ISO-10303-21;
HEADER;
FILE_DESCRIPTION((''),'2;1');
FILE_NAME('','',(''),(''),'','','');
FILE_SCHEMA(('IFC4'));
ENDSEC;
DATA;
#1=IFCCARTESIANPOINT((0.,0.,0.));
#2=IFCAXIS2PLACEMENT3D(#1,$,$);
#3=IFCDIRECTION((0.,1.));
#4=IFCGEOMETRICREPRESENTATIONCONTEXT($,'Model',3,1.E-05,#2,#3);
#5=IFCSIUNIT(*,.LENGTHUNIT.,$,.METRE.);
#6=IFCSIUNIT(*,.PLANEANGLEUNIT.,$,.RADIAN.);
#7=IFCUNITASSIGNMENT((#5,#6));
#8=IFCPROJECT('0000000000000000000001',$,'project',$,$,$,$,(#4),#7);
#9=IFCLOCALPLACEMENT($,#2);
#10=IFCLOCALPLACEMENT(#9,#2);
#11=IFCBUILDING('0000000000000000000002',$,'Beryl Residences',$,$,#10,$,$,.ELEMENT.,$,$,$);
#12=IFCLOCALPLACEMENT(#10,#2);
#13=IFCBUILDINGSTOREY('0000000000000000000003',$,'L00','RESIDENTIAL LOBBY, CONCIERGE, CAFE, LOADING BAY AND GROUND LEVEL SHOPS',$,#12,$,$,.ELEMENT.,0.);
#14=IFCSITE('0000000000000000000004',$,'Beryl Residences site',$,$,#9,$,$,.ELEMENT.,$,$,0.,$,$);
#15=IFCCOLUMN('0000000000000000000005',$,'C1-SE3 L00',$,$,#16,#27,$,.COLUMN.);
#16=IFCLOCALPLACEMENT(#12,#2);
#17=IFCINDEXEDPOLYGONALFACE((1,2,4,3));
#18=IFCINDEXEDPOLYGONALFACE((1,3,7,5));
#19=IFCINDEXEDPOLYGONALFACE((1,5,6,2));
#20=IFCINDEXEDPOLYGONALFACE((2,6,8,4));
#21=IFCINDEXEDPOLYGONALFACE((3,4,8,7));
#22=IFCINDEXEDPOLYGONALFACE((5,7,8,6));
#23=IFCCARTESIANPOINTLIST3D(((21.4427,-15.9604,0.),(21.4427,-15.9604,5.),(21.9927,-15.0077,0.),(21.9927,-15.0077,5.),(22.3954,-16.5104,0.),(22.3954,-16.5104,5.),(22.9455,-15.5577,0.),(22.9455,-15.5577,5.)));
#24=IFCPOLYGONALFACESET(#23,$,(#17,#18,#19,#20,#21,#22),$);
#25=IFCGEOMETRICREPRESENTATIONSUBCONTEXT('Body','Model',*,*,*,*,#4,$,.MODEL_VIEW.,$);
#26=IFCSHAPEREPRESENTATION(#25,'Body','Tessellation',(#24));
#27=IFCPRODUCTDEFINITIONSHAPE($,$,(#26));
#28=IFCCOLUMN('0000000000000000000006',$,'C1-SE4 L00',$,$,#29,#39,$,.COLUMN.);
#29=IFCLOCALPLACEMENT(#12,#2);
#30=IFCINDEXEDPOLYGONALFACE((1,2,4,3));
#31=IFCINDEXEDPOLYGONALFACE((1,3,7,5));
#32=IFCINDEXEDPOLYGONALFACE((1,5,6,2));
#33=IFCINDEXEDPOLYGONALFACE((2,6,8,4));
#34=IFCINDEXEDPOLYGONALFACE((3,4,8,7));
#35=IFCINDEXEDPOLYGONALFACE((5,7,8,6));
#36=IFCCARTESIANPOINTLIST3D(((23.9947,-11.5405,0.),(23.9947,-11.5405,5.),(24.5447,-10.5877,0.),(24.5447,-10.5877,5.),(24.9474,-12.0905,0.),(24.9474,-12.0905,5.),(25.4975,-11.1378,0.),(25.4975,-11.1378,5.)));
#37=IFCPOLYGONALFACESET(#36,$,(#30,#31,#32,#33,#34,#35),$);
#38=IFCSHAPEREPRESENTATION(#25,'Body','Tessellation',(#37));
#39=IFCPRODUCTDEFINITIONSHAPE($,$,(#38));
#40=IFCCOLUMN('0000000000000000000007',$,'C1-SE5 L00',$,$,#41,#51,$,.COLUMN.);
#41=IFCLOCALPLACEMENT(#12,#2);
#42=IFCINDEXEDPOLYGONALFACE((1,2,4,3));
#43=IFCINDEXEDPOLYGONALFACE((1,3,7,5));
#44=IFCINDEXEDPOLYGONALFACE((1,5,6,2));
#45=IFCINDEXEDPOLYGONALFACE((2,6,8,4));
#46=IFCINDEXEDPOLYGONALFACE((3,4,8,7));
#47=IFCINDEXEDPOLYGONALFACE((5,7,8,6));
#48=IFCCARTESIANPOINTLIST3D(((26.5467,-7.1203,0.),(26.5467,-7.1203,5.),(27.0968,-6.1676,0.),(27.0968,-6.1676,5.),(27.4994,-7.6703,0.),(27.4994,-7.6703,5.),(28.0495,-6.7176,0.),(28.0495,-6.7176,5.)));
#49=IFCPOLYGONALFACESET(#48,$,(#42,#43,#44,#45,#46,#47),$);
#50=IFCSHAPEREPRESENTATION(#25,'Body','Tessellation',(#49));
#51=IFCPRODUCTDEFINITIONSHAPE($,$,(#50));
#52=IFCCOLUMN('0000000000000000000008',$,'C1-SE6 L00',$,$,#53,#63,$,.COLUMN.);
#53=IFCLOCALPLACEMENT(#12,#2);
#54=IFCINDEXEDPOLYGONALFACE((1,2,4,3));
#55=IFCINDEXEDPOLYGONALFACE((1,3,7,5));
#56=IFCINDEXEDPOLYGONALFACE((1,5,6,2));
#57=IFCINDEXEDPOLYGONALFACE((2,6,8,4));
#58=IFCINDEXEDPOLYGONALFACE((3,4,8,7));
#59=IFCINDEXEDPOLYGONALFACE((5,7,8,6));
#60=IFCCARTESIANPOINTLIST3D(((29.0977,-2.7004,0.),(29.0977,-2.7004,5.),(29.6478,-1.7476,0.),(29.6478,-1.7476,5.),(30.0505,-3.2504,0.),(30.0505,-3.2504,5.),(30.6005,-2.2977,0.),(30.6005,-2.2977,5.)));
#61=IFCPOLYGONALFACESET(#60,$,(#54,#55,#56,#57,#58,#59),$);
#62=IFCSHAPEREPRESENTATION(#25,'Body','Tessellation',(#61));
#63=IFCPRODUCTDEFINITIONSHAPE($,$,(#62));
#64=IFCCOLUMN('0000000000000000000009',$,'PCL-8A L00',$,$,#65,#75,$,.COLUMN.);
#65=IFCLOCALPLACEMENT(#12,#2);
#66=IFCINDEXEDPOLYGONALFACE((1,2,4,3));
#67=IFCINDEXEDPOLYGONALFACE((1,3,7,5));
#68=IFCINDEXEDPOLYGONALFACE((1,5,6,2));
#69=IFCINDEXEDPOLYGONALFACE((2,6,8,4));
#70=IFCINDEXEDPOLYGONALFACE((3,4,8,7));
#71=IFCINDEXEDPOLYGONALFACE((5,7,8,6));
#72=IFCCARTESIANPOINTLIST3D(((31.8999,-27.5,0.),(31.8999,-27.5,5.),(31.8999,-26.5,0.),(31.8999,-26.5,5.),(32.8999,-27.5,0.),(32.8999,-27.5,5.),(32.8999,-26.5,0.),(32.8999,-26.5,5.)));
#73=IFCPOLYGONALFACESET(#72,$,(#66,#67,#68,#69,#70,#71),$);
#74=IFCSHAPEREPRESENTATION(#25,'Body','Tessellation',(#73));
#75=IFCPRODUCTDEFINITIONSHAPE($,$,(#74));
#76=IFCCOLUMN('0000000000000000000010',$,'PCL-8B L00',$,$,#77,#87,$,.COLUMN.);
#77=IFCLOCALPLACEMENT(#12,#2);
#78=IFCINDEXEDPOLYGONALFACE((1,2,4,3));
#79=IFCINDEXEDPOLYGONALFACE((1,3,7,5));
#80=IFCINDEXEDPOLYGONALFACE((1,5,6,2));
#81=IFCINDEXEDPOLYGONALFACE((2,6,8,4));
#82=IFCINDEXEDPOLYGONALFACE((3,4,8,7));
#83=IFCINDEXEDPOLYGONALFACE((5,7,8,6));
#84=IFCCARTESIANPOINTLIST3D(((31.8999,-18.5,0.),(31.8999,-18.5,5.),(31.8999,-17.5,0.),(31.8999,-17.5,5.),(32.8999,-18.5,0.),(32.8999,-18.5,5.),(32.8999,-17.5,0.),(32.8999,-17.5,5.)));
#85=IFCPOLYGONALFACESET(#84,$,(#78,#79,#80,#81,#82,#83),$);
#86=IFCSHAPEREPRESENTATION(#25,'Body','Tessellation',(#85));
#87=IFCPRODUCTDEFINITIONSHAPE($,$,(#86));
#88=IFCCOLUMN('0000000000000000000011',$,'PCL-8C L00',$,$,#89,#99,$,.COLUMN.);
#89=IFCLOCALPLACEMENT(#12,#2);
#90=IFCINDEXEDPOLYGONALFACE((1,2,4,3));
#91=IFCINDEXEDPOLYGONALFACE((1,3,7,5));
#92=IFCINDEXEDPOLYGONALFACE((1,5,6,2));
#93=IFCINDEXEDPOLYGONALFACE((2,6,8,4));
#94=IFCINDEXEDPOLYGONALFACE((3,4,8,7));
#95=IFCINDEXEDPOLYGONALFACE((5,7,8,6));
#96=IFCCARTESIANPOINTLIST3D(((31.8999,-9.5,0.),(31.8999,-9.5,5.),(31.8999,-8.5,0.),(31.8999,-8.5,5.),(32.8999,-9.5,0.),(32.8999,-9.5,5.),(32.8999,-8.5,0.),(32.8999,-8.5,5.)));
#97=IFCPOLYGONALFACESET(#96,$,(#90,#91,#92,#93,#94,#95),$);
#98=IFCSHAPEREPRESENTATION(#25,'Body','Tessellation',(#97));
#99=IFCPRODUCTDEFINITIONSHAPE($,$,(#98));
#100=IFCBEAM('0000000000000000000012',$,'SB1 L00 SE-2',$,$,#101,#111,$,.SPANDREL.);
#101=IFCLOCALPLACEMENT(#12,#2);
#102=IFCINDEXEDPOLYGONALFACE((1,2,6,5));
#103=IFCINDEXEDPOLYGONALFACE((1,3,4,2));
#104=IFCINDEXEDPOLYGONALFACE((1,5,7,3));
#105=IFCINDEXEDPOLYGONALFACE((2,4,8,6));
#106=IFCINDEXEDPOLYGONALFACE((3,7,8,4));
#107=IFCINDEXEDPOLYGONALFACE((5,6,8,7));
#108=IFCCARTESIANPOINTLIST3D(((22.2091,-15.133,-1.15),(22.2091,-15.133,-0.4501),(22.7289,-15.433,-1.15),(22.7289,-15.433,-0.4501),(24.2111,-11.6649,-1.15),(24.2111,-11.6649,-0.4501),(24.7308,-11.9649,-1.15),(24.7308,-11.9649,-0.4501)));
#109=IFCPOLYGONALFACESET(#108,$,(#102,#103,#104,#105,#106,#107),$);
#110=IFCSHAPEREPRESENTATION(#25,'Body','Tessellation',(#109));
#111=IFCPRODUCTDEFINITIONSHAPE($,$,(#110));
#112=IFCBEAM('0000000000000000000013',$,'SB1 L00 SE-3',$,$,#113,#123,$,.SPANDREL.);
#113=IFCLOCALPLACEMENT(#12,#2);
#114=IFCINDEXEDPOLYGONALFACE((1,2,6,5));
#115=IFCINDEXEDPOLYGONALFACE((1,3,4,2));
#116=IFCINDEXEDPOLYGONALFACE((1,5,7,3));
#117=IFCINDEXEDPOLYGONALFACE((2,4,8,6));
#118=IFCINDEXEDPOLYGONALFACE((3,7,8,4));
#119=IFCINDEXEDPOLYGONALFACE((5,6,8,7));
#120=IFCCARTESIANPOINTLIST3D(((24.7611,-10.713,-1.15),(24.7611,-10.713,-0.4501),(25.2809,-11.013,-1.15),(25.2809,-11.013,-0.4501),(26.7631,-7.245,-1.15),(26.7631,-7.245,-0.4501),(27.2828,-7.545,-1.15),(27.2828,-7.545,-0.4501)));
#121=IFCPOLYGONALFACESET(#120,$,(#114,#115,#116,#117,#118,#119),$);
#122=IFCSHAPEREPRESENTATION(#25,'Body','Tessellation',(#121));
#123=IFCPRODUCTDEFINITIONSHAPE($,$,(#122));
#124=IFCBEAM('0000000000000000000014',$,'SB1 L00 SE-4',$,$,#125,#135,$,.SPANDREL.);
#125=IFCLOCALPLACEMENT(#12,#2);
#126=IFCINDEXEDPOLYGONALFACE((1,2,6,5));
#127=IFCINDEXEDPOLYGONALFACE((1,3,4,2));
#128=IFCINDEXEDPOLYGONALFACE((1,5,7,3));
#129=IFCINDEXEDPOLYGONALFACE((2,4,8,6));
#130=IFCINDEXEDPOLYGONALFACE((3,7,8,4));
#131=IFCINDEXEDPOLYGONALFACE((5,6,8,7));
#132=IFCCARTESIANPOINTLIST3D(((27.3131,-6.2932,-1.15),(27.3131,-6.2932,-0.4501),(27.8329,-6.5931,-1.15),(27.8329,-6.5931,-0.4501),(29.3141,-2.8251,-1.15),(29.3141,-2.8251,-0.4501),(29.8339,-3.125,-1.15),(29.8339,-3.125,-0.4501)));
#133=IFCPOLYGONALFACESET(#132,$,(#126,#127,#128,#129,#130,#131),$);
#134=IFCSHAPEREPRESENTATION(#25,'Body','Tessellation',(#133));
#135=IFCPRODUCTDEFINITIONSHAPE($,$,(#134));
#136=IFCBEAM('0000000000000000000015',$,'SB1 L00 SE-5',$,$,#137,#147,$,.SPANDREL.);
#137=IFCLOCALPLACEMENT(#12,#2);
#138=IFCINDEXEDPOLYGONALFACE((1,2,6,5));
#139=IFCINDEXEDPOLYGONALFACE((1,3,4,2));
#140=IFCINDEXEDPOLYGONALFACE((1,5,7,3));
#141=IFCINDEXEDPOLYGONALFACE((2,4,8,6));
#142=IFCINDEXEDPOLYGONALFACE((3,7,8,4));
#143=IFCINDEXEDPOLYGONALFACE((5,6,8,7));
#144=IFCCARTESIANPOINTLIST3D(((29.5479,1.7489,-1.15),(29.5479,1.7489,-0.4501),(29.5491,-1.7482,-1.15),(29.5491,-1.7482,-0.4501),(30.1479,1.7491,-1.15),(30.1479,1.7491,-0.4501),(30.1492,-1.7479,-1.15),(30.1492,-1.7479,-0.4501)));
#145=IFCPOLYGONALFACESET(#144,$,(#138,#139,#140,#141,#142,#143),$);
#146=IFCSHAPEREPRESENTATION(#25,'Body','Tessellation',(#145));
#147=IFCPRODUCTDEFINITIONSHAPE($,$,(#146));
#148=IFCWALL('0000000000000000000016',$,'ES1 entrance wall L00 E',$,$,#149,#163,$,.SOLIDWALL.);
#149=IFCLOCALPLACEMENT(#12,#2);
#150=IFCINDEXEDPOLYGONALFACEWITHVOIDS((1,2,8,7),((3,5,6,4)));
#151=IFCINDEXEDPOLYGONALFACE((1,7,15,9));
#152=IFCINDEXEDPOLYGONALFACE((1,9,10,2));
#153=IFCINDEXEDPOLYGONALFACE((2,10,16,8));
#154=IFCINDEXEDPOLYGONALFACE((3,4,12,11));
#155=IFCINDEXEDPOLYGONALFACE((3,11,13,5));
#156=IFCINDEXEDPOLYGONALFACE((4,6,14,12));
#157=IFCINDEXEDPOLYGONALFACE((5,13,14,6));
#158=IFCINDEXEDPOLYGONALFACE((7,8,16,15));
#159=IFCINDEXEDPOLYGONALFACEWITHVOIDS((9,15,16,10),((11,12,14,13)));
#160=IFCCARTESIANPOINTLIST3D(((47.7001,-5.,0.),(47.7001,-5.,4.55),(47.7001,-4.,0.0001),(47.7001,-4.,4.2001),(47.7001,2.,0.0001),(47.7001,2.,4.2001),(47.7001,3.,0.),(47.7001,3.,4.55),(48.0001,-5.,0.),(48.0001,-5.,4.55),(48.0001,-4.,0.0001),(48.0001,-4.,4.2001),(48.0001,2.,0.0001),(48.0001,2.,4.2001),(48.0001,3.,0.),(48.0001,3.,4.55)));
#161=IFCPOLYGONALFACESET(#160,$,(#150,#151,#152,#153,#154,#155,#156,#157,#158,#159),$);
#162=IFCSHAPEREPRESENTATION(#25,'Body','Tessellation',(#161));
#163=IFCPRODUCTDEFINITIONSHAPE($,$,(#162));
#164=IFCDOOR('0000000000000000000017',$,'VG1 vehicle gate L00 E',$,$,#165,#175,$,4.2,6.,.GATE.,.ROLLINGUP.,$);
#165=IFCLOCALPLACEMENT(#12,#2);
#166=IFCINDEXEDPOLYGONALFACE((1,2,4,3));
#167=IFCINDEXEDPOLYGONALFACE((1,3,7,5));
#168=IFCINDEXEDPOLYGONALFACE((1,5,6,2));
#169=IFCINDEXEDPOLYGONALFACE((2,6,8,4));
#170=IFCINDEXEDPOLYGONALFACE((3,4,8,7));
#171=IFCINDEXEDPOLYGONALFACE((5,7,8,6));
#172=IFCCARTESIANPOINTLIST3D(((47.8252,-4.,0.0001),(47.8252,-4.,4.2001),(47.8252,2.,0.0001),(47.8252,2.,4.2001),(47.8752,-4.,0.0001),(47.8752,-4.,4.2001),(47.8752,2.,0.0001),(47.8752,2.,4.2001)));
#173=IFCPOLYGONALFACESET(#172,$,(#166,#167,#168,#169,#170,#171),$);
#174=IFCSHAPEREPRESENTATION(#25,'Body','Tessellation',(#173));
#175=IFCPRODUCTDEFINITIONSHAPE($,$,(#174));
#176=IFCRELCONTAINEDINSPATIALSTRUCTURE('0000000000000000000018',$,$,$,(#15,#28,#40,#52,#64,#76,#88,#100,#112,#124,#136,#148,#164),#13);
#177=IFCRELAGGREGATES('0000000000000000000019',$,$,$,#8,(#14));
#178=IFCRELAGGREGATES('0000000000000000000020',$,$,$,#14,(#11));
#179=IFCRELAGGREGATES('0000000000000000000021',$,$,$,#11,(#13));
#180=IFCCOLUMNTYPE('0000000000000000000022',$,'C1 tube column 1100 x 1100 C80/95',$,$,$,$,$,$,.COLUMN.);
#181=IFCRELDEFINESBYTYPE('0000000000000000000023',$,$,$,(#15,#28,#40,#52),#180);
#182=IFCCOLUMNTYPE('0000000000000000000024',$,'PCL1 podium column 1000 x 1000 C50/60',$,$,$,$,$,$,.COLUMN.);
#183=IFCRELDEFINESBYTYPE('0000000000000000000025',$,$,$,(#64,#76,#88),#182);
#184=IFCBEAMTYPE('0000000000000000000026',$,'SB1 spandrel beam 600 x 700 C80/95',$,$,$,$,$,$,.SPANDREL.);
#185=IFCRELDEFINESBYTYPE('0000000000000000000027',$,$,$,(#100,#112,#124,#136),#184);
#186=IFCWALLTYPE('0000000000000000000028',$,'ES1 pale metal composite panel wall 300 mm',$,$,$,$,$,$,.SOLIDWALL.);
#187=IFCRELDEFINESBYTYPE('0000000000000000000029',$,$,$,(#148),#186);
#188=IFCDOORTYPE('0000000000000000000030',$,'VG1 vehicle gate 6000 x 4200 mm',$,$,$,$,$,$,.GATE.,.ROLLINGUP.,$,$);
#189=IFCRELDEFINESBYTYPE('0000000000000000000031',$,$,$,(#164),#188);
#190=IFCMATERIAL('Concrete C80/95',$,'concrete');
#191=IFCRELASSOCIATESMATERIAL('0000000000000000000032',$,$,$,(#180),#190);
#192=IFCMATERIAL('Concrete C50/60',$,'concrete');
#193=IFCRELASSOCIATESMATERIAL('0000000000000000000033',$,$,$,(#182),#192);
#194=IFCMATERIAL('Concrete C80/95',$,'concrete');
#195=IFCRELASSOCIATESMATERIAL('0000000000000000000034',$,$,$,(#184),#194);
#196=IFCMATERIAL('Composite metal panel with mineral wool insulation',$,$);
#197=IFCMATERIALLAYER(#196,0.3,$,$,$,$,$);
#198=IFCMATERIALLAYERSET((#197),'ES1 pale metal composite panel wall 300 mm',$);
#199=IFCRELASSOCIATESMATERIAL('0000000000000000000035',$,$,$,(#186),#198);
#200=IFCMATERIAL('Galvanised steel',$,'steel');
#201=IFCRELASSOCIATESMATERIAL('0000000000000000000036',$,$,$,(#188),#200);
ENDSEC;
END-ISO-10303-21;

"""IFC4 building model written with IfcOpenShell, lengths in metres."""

from ifc_helpers import new_model, si_unit, direction, frame, frame_2d, origin, origin_2d, place, context, subcontext, project, spatial, rectangle, extrude, material, layer, layer_set, material_profile, profile_set, type_object, element, fill, save


model = new_model("IFC4")

# Units and contexts
model_context = context("Model", 3, precision=1e-05, world=origin(), true_north=direction((0.0, 1.0)))
body_context = subcontext(model_context, "Body", "Model", "MODEL_VIEW")
ifc_project = project(units=[si_unit("LENGTHUNIT", "METRE"), si_unit("PLANEANGLEUNIT", "RADIAN")], contexts=[model_context])

# Site, building, storey
site_placement = place(None, origin())
site = spatial("IfcSite", under=ifc_project, at=site_placement, Name="Beryl Residences site", CompositionType="ELEMENT", RefElevation=0.0)
building_placement = place(site_placement, origin())
building = spatial("IfcBuilding", under=site, at=building_placement, Name="Beryl Residences", CompositionType="ELEMENT")
storey_placement = place(building_placement, origin())
storey = spatial("IfcBuildingStorey", under=building, at=storey_placement, Name="L00", Description="RESIDENTIAL LOBBY, CONCIERGE, CAFE, LOADING BAY AND GROUND LEVEL SHOPS", CompositionType="ELEMENT", Elevation=0.0)

# Columns
ifc_material_1 = material(Name="Concrete C80/95", Category="concrete")
ifc_material_profile_1 = material_profile(ifc_material_1, rectangle(XDim=1.1001, YDim=1.1001, at=origin_2d()))
ifc_profile_set_1 = profile_set([ifc_material_profile_1], Name="Concrete C80/95")
column_type_1 = type_object("IfcColumnType", Name="C1 tube column 1100 x 1100 C80/95", PredefinedType="COLUMN", material=ifc_profile_set_1)
for number, where, z_axis, x_axis, name in (
    (1, (22.1941, -15.759, 0.0), (0.0, 0.0, 1.0), (0.499985, 0.866034, 0.0), "C1-SE3 L00"),
    (2, (24.7461, -11.3391, 0.0), (0.0, 0.0, 1.0), (0.499985, 0.866034, 0.0), "C1-SE4 L00"),
    (3, (27.2981, -6.9189, 0.0), (0.0, 0.0, 1.0), (0.499985, 0.866034, 0.0), "C1-SE5 L00"),
    (4, (29.8491, -2.499, 0.0), (0.0, 0.0, 1.0), (0.499985, 0.866034, 0.0), "C1-SE6 L00"),
):
    element("IfcColumn", number, at=place(storey_placement, frame(where, z_axis=z_axis, x_axis=x_axis)), inside=storey, type_object=column_type_1, Name=name, PredefinedType="COLUMN", context=body_context, shape_type="SweptSolid", body=[
        extrude(rectangle(XDim=1.1001, YDim=1.1001, at=origin_2d()), origin(), (0.0, 0.0, 1.0), 5.0),
    ])
ifc_material_2 = material(Name="Concrete C50/60", Category="concrete")
ifc_material_profile_2 = material_profile(ifc_material_2, rectangle(XDim=1.0, YDim=1.0, at=origin_2d()))
ifc_profile_set_2 = profile_set([ifc_material_profile_2], Name="Concrete C50/60")
column_type_2 = type_object("IfcColumnType", Name="PCL1 podium column 1000 x 1000 C50/60", PredefinedType="COLUMN", material=ifc_profile_set_2)
for number, where, z_axis, x_axis, name in (
    (5, (32.3999, -27.0, 0.0), (0.0, 0.0, 1.0), (1.0, 0.0, 0.0), "PCL-8A L00"),
    (6, (32.3999, -18.0, 0.0), (0.0, 0.0, 1.0), (1.0, 0.0, 0.0), "PCL-8B L00"),
    (7, (32.3999, -9.0, 0.0), (0.0, 0.0, 1.0), (1.0, 0.0, 0.0), "PCL-8C L00"),
):
    element("IfcColumn", number, at=place(storey_placement, frame(where, z_axis=z_axis, x_axis=x_axis)), inside=storey, type_object=column_type_2, Name=name, PredefinedType="COLUMN", context=body_context, shape_type="SweptSolid", body=[
        extrude(rectangle(XDim=1.0, YDim=1.0, at=origin_2d()), origin(), (0.0, 0.0, 1.0), 5.0),
    ])

# Beams
ifc_material_3 = material(Name="Concrete C80/95", Category="concrete")
ifc_material_profile_3 = material_profile(ifc_material_3, rectangle(XDim=0.6001, YDim=0.7, at=origin_2d()))
ifc_profile_set_3 = profile_set([ifc_material_profile_3], Name="Concrete C80/95")
beam_type = type_object("IfcBeamType", Name="SB1 spandrel beam 600 x 700 C80/95", PredefinedType="SPANDREL", material=ifc_profile_set_3)
for number, where, z_axis, x_axis, name in (
    (8, (22.469, -15.283, -0.8), (0.499942, 0.866059, 0.0), (-0.866059, 0.499942, 0.0), "SB1 L00 SE-2"),
    (9, (25.021, -10.863, -0.8), (0.499942, 0.866059, 0.0), (-0.866059, 0.499942, 0.0), "SB1 L00 SE-3"),
):
    element("IfcBeam", number, at=place(storey_placement, frame(where, z_axis=z_axis, x_axis=x_axis)), inside=storey, type_object=beam_type, Name=name, PredefinedType="SPANDREL", context=body_context, shape_type="SweptSolid", body=[
        extrude(rectangle(XDim=0.6001, YDim=0.7, at=origin_2d()), origin(), (0.0, 0.0, 1.0), 4.0044),
    ])
beam_1_placement = place(storey_placement, frame((27.573, -6.4431, -0.8), z_axis=(0.499759, 0.866164, 0.0), x_axis=(-0.866164, 0.499759, 0.0)))
element("IfcBeam", 10, at=beam_1_placement, inside=storey, type_object=beam_type, Name="SB1 L00 SE-4", PredefinedType="SPANDREL", context=body_context, shape_type="SweptSolid", body=[
    extrude(rectangle(XDim=0.6001, YDim=0.7, at=origin_2d()), origin(), (0.0, 0.0, 1.0), 4.0039),
])
beam_2_placement = place(storey_placement, frame((29.8491, -1.748, -0.8), z_axis=(-0.000349, 1.0, 0.0), x_axis=(-1.0, -0.000349, 0.0)))
element("IfcBeam", 11, at=beam_2_placement, inside=storey, type_object=beam_type, Name="SB1 L00 SE-5", PredefinedType="SPANDREL", context=body_context, shape_type="SweptSolid", body=[
    extrude(rectangle(XDim=0.6001, YDim=0.7, at=origin_2d()), origin(), (0.0, 0.0, 1.0), 3.4971),
])

# Wall, opening, door
ifc_material_4 = material(Name="Composite metal panel with mineral wool insulation")
ifc_layer_1 = layer(ifc_material_4, 0.3)
ifc_layer_set_1 = layer_set([ifc_layer_1], Name="ES1 pale metal composite panel wall 300 mm")
wall_type_1 = type_object("IfcWallType", Name="ES1 pale metal composite panel wall 300 mm", PredefinedType="SOLIDWALL", material=ifc_layer_set_1)
wall_1_placement = place(storey_placement, frame((47.8501, -5.0, 0.0), z_axis=(0.0, 0.0, 1.0), x_axis=(0.0, 1.0, 0.0)))
wall_1 = element("IfcWall", 12, at=wall_1_placement, inside=storey, type_object=wall_type_1, Name="ES1 entrance wall L00 E", PredefinedType="SOLIDWALL", context=body_context, shape_type="SweptSolid", body=[
    extrude(rectangle(XDim=8.0, YDim=0.3, at=frame_2d((4.0, 0.0))), origin(), (0.0, 0.0, 1.0), 4.55),
])
opening_1_placement = place(wall_1_placement, frame((1.0, 0.0, 0.0)))
opening_1 = element("IfcOpeningElement", 13, at=opening_1_placement, cuts=wall_1, PredefinedType="OPENING", context=body_context, shape_type="SweptSolid", body=[
    extrude(rectangle(XDim=6.0, YDim=4.2, at=frame_2d((3.0, 2.1001))), frame((0.0, 0.1599, 0.0), z_axis=(0.0, -1.0, 0.0), x_axis=(1.0, 0.0, 0.0)), (0.0, 0.0, 1.0), 0.3201),
])
ifc_material_5 = material(Name="Galvanised steel", Category="steel")
door_type_1 = type_object("IfcDoorType", Name="VG1 vehicle gate 6000 x 4200 mm", OperationType="ROLLINGUP", PredefinedType="GATE", material=ifc_material_5)
door_1_placement = place(opening_1_placement, origin())
door_1 = element("IfcDoor", 14, at=door_1_placement, inside=storey, type_object=door_type_1, Name="VG1 vehicle gate L00 E", OperationType="ROLLINGUP", OverallHeight=4.2, OverallWidth=6.0, PredefinedType="GATE", context=body_context, shape_type="SweptSolid", body=[
    extrude(rectangle(XDim=6.0, YDim=4.2, at=frame_2d((3.0, 2.1001))), frame((0.0, 0.0249, 0.0), z_axis=(0.0, -1.0, 0.0), x_axis=(1.0, 0.0, 0.0)), (0.0, 0.0, 1.0), 0.05),
])
fill(opening_1, door_1)

save(model, "model.ifc")
